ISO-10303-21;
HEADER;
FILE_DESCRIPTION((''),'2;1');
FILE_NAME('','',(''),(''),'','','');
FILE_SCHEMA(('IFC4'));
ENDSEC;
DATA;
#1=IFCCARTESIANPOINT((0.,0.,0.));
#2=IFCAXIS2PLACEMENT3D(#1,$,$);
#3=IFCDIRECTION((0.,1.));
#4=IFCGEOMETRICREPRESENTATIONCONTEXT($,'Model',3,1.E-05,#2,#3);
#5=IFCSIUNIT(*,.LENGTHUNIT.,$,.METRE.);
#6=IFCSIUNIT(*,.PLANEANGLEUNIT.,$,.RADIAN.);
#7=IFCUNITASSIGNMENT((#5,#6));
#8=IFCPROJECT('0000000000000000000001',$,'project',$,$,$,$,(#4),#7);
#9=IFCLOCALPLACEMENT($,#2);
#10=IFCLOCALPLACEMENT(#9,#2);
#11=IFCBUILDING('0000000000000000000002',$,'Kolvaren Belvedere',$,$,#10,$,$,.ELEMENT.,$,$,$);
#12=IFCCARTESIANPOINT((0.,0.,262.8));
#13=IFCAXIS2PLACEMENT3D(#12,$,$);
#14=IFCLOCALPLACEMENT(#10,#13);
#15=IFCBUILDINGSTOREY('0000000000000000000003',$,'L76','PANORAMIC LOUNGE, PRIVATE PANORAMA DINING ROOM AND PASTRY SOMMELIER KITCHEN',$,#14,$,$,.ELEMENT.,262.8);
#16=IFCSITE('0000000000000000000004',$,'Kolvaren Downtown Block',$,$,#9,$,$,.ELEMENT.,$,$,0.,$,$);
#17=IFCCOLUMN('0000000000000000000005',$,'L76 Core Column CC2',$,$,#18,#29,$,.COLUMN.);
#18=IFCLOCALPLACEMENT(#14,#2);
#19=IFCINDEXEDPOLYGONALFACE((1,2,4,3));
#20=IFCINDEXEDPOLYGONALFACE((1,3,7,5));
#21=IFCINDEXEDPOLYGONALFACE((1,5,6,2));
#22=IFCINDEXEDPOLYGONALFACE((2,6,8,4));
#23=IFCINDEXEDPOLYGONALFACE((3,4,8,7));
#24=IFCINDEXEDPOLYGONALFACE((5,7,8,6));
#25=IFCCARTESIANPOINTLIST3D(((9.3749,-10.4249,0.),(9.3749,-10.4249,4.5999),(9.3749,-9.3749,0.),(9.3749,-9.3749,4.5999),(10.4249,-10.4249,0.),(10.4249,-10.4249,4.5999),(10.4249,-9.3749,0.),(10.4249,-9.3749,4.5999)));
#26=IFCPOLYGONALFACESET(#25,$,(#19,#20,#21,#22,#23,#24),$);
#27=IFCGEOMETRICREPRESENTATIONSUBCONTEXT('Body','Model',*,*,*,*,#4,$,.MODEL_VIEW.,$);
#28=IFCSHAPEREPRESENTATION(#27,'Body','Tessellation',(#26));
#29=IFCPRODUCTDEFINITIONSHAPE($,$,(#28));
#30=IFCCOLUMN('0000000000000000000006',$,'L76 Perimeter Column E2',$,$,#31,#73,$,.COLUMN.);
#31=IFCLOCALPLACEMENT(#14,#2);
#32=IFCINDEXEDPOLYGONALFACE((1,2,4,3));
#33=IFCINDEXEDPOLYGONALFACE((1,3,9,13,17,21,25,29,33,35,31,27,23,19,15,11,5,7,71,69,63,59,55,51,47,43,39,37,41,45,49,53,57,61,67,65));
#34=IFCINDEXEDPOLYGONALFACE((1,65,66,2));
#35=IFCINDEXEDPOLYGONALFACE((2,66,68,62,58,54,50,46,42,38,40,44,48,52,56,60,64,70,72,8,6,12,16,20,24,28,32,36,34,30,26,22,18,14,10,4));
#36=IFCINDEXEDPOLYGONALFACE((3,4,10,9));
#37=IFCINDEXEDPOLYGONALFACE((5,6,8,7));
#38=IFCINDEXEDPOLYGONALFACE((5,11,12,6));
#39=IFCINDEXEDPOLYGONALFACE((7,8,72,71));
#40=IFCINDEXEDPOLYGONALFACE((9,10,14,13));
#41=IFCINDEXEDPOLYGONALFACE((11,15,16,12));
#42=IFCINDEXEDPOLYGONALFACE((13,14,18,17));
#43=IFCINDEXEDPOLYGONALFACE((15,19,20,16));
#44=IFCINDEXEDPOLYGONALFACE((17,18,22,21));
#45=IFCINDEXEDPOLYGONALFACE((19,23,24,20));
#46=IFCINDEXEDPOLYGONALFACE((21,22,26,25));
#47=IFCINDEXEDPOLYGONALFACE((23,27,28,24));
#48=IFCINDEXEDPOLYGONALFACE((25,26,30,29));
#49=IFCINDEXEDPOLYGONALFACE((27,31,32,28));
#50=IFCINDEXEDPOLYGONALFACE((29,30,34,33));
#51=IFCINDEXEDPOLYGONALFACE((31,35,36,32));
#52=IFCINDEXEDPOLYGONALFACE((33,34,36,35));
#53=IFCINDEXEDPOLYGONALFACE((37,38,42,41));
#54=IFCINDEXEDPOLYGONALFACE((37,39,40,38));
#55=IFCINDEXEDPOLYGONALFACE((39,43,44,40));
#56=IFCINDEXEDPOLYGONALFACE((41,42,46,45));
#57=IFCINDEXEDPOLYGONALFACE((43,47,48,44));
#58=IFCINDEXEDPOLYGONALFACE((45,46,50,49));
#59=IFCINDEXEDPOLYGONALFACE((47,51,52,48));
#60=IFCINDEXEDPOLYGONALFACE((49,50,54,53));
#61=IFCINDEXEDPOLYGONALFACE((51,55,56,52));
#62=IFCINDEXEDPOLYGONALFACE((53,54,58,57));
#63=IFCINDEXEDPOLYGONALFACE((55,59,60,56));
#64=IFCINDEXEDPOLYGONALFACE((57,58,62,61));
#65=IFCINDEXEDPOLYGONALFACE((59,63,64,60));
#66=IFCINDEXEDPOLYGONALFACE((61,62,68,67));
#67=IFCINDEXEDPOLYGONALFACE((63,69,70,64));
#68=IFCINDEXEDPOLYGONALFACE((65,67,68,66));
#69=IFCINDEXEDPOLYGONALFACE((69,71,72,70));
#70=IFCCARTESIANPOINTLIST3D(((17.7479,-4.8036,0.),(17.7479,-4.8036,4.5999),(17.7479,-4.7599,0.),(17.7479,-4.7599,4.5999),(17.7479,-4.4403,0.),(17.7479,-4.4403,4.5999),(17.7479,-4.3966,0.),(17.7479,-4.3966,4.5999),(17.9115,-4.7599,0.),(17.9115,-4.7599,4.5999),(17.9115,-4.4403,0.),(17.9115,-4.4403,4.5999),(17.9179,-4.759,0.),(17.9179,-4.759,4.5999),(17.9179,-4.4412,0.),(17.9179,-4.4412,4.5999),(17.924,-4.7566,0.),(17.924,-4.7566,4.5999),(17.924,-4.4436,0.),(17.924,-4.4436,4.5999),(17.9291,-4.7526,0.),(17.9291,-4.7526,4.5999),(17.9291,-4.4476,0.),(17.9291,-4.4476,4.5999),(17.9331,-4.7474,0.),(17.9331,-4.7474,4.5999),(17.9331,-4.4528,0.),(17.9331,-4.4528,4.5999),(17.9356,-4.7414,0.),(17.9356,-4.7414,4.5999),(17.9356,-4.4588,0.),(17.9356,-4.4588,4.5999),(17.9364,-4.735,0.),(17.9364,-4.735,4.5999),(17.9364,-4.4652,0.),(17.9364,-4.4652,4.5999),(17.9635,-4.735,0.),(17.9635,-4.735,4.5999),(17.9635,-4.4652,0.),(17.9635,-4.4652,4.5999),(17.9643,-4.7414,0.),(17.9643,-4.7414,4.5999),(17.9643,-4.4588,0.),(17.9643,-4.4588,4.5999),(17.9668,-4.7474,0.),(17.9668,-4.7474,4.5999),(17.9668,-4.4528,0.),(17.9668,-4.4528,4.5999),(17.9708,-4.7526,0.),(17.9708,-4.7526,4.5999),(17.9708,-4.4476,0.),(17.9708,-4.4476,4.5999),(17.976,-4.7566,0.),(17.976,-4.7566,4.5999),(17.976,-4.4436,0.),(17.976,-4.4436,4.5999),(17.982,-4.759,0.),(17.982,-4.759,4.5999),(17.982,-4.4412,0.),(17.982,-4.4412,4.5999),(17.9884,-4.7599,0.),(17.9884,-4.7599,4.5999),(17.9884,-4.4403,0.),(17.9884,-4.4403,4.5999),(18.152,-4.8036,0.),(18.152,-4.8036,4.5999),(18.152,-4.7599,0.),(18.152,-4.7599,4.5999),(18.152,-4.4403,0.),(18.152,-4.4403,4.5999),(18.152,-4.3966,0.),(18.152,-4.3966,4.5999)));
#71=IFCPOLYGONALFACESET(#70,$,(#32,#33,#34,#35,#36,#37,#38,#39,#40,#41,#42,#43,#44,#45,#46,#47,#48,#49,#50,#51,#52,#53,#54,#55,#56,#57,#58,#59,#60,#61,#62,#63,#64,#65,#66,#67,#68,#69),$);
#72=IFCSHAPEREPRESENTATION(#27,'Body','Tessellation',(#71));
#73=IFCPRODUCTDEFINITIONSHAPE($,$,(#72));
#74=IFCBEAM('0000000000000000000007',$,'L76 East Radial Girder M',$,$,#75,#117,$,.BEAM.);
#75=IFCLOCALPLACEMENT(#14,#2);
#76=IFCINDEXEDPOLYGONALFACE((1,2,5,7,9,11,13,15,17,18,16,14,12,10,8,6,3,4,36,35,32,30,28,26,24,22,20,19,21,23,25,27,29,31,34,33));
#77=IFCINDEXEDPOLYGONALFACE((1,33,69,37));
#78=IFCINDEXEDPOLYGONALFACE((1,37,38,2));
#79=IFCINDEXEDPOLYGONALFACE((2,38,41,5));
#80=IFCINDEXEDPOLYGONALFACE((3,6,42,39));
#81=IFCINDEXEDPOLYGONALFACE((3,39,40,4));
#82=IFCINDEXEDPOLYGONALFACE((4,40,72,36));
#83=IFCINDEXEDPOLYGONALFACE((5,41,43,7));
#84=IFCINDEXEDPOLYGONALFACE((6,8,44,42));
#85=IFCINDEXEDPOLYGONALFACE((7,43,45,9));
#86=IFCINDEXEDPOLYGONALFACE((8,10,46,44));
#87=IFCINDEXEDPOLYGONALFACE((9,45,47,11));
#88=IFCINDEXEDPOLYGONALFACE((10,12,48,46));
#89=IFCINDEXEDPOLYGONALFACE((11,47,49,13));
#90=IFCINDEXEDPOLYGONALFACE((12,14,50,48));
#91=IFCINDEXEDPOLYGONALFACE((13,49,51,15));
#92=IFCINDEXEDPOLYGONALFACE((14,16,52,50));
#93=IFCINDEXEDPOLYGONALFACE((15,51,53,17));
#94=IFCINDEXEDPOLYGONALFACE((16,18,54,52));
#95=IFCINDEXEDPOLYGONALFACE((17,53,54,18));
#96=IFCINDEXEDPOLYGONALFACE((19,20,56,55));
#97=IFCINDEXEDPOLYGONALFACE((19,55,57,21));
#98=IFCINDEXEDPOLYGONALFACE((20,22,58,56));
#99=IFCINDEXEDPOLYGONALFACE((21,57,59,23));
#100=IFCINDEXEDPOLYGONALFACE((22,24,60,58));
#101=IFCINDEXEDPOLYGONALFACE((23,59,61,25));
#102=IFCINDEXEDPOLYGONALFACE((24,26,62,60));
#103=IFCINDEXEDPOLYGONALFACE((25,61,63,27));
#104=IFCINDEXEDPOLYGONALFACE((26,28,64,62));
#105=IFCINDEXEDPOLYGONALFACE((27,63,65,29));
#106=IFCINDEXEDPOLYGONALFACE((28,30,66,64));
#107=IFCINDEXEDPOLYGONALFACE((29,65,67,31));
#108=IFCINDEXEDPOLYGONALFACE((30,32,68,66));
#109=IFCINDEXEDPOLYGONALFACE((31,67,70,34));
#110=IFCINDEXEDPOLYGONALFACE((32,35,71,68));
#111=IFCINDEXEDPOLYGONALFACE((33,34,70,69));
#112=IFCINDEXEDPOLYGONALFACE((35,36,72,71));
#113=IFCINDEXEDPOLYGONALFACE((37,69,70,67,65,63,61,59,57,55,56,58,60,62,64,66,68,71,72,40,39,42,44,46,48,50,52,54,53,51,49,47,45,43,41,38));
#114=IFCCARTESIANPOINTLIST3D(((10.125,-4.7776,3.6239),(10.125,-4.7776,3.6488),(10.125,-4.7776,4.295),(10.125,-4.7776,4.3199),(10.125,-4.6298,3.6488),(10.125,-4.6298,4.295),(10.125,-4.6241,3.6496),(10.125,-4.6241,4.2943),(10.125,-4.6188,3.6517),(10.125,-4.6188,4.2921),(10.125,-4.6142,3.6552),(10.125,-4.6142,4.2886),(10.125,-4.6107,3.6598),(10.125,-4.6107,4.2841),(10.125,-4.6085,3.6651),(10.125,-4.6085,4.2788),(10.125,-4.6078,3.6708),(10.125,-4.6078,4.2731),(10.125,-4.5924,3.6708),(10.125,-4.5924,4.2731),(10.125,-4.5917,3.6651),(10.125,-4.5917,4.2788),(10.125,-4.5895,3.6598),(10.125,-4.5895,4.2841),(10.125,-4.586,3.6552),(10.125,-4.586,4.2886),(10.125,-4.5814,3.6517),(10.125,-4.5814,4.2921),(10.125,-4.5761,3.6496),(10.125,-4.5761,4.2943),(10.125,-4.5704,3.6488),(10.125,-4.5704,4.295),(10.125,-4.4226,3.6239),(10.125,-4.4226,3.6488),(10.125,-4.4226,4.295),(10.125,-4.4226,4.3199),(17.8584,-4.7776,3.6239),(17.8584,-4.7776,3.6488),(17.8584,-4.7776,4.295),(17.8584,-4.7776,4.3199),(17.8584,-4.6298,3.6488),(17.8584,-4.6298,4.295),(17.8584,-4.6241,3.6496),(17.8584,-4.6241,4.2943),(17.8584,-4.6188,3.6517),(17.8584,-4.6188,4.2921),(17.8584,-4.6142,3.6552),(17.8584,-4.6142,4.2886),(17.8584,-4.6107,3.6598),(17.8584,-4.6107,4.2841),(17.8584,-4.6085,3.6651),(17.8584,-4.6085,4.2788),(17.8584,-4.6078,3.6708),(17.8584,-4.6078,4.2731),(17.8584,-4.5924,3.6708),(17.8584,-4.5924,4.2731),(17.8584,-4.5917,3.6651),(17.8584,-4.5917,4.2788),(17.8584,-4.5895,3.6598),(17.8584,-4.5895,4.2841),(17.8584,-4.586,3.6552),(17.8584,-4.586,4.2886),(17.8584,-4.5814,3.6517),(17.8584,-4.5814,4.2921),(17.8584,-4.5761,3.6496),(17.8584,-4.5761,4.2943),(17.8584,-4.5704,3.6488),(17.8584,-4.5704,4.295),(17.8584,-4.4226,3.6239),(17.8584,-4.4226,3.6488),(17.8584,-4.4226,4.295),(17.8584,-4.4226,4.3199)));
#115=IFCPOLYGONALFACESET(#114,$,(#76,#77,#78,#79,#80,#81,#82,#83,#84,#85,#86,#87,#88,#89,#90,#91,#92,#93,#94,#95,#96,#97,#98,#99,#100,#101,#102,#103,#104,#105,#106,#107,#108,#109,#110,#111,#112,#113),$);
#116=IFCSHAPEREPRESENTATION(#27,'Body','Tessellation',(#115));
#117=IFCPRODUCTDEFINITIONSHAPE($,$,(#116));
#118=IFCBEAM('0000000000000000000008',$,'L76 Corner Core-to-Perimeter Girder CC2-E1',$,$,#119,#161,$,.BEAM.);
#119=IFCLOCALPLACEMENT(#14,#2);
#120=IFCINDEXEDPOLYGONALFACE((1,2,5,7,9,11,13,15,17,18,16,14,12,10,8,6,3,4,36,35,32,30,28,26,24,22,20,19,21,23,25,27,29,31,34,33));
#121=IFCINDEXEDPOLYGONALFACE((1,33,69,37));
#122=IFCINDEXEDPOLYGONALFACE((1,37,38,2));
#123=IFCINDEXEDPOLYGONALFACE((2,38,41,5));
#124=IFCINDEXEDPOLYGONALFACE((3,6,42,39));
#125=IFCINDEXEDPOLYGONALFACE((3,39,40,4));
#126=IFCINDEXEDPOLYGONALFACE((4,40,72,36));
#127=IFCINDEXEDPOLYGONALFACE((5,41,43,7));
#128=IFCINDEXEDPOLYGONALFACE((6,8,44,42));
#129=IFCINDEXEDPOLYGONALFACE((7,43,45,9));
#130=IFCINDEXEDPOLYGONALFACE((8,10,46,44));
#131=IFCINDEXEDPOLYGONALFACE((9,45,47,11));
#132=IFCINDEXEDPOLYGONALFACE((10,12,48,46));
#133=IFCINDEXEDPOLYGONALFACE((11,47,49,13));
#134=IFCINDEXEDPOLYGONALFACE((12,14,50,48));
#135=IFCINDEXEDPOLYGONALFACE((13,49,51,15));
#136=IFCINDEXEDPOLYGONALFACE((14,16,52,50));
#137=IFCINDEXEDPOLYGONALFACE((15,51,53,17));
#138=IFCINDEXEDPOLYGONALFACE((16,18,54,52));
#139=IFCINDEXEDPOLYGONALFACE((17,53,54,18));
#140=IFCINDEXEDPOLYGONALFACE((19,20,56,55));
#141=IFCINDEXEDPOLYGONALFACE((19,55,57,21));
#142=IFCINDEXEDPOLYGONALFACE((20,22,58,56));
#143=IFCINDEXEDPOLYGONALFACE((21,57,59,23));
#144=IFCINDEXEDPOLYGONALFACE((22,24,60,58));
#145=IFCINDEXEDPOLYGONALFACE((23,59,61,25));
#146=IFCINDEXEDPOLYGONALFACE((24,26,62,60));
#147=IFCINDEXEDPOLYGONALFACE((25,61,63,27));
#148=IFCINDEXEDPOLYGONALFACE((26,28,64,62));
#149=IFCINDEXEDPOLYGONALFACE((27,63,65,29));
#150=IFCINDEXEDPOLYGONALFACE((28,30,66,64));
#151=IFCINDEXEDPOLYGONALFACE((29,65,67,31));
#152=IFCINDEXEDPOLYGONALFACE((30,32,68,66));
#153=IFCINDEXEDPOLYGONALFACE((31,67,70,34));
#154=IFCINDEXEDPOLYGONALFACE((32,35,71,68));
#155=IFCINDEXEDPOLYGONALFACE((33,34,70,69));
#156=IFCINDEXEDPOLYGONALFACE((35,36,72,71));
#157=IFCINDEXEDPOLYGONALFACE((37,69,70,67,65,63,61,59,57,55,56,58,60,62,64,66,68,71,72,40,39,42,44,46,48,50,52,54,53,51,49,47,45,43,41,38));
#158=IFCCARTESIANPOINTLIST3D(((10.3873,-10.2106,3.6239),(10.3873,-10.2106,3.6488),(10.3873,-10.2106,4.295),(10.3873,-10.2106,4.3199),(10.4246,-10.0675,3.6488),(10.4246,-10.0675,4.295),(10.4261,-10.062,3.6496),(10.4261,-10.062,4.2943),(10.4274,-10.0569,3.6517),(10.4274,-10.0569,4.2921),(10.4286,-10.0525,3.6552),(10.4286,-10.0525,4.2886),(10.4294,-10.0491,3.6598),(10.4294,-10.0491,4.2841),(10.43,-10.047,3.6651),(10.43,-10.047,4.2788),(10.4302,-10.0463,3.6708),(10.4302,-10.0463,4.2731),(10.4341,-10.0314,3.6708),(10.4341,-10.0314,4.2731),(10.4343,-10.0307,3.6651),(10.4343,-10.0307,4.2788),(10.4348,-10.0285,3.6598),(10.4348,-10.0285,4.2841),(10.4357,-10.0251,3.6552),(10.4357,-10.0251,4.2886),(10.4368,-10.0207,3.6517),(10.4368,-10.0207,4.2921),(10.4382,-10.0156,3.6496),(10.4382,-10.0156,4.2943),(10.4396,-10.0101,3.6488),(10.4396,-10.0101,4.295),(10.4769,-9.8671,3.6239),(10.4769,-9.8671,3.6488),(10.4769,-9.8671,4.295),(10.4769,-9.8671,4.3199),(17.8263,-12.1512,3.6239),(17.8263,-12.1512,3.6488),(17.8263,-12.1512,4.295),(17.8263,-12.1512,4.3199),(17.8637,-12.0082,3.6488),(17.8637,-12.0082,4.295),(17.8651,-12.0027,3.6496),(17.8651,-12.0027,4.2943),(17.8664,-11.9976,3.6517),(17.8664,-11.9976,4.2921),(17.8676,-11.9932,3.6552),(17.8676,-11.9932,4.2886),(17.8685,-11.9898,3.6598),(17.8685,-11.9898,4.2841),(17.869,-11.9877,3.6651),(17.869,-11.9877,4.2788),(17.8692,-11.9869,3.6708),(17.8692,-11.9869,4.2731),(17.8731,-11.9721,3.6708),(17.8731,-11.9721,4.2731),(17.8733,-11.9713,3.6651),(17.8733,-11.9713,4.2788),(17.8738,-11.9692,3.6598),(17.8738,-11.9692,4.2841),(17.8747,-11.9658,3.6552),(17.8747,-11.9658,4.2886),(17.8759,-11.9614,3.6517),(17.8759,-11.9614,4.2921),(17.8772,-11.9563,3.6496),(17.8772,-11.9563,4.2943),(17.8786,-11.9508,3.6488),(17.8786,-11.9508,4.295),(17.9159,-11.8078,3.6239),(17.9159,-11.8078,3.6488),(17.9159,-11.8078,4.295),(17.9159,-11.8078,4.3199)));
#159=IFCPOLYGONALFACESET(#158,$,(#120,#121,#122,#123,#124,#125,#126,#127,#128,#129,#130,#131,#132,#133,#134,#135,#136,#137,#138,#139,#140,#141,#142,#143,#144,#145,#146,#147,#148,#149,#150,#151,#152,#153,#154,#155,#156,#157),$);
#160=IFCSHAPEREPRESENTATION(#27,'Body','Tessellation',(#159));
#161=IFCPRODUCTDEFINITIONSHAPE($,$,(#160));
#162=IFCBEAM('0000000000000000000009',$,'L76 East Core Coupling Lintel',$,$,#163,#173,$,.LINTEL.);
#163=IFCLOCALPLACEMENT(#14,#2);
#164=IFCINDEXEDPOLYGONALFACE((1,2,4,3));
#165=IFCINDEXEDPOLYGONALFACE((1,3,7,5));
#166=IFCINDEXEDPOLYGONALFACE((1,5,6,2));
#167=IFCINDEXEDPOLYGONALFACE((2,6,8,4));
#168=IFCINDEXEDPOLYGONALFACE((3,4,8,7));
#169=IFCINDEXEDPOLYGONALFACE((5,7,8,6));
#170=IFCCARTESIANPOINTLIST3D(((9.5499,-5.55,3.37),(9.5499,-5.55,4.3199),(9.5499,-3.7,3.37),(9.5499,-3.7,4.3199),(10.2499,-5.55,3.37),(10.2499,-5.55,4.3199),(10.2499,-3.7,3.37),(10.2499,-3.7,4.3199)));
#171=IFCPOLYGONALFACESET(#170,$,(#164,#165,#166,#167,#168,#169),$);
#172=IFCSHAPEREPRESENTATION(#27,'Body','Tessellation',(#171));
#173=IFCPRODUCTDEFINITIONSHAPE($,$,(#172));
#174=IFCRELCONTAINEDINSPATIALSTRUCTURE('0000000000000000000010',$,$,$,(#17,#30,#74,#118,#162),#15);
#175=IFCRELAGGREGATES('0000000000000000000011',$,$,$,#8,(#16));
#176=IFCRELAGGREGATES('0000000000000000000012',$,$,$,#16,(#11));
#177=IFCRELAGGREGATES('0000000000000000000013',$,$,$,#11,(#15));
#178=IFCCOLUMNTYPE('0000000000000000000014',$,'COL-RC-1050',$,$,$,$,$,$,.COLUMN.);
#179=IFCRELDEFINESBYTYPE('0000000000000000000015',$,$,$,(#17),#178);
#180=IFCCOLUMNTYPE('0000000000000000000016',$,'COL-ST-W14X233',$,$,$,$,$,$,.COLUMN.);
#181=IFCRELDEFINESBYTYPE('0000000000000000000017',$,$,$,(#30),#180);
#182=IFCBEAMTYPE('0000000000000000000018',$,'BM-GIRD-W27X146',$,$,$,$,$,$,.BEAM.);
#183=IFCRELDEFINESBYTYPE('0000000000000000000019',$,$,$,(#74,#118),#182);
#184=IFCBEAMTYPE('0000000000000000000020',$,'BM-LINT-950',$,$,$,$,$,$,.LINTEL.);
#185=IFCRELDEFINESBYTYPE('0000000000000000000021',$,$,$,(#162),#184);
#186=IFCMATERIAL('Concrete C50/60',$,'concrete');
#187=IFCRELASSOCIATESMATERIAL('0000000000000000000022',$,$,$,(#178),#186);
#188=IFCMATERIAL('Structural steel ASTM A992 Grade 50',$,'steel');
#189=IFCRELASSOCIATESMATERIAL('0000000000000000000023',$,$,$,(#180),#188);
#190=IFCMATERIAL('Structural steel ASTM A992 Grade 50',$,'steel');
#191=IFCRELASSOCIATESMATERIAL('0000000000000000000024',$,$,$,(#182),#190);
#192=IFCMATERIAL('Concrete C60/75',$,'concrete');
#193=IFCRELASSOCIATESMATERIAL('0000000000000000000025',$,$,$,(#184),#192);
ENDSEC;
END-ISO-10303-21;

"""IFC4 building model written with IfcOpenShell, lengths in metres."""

from ifc_helpers import new_model, si_unit, direction, frame, origin, origin_2d, place, context, subcontext, project, spatial, rectangle, i_section, extrude, material, material_profile, profile_set, type_object, element, save


model = new_model("IFC4")

# Units and contexts
model_context = context("Model", 3, precision=1e-05, world=origin(), true_north=direction((0.0, 1.0)))
body_context = subcontext(model_context, "Body", "Model", "MODEL_VIEW")
ifc_project = project(units=[si_unit("LENGTHUNIT", "METRE"), si_unit("PLANEANGLEUNIT", "RADIAN")], contexts=[model_context])

# Site, building, storey
site_placement = place(None, origin())
site = spatial("IfcSite", under=ifc_project, at=site_placement, Name="Kolvaren Downtown Block", CompositionType="ELEMENT", RefElevation=0.0)
building_placement = place(site_placement, origin())
building = spatial("IfcBuilding", under=site, at=building_placement, Name="Kolvaren Belvedere", CompositionType="ELEMENT")
storey_placement = place(building_placement, frame((0.0, 0.0, 262.8)))
storey = spatial("IfcBuildingStorey", under=building, at=storey_placement, Name="L76", Description="PANORAMIC LOUNGE, PRIVATE PANORAMA DINING ROOM AND PASTRY SOMMELIER KITCHEN", CompositionType="ELEMENT", Elevation=262.8)

# Columns
ifc_material_1 = material(Name="Concrete C50/60", Category="concrete")
ifc_material_profile_1 = material_profile(ifc_material_1, rectangle(XDim=1.05, YDim=1.05, at=origin_2d()), Name="RC 1050X1050")
ifc_profile_set_1 = profile_set([ifc_material_profile_1], Name="Concrete C50/60")
column_type_1 = type_object("IfcColumnType", Name="COL-RC-1050", PredefinedType="COLUMN", material=ifc_profile_set_1)
column_1_placement = place(storey_placement, frame((9.8999, -9.8999, 0.0), z_axis=(0.0, 0.0, 1.0), x_axis=(1.0, 0.0, 0.0)))
element("IfcColumn", 1, at=column_1_placement, inside=storey, type_object=column_type_1, Name="L76 Core Column CC2", PredefinedType="COLUMN", context=body_context, shape_type="SweptSolid", body=[
    extrude(rectangle(XDim=1.05, YDim=1.05, at=origin_2d()), origin(), (0.0, 0.0, 1.0), 4.5999),
])
ifc_material_2 = material(Name="Structural steel ASTM A992 Grade 50", Category="steel")
ifc_material_profile_2 = material_profile(ifc_material_2, i_section(OverallWidth=0.4041, OverallDepth=0.407, WebThickness=0.0271, FlangeThickness=0.0437, FilletRadius=0.0249, at=origin_2d()), Name="W14X233")
ifc_profile_set_2 = profile_set([ifc_material_profile_2], Name="Structural steel ASTM A992 Grade 50")
column_type_2 = type_object("IfcColumnType", Name="COL-ST-W14X233", PredefinedType="COLUMN", material=ifc_profile_set_2)
column_2_placement = place(storey_placement, frame((17.95, -4.6001, 0.0), z_axis=(0.0, 0.0, 1.0), x_axis=(1.0, 0.0, 0.0)))
element("IfcColumn", 2, at=column_2_placement, inside=storey, type_object=column_type_2, Name="L76 Perimeter Column E2", PredefinedType="COLUMN", context=body_context, shape_type="SweptSolid", body=[
    extrude(i_section(OverallWidth=0.4041, OverallDepth=0.407, WebThickness=0.0271, FlangeThickness=0.0437, FilletRadius=0.0249, at=origin_2d()), origin(), (0.0, 0.0, 1.0), 4.5999),
])

# Beams
ifc_material_3 = material(Name="Structural steel ASTM A992 Grade 50", Category="steel")
ifc_material_profile_3 = material_profile(ifc_material_3, i_section(OverallWidth=0.355, OverallDepth=0.696, WebThickness=0.0154, FlangeThickness=0.0249, FilletRadius=0.022, at=origin_2d()), Name="W27X146")
ifc_profile_set_3 = profile_set([ifc_material_profile_3], Name="Structural steel ASTM A992 Grade 50")
beam_type_1 = type_object("IfcBeamType", Name="BM-GIRD-W27X146", PredefinedType="BEAM", material=ifc_profile_set_3)
beam_1_placement = place(storey_placement, frame((10.125, -4.6001, 3.9719), z_axis=(1.0, 0.0, 0.0), x_axis=(0.0, 1.0, 0.0)))
element("IfcBeam", 3, at=beam_1_placement, inside=storey, type_object=beam_type_1, Name="L76 East Radial Girder M", PredefinedType="BEAM", context=body_context, shape_type="SweptSolid", body=[
    extrude(i_section(OverallWidth=0.355, OverallDepth=0.696, WebThickness=0.0154, FlangeThickness=0.0249, FilletRadius=0.022, at=origin_2d()), origin(), (0.0, 0.0, 1.0), 7.7334),
])
beam_2_placement = place(storey_placement, frame((10.4321, -10.0388, 3.9719), z_axis=(0.967615, -0.252431, 0.0), x_axis=(0.252431, 0.967615, 0.0)))
element("IfcBeam", 4, at=beam_2_placement, inside=storey, type_object=beam_type_1, Name="L76 Corner Core-to-Perimeter Girder CC2-E1", PredefinedType="BEAM", context=body_context, shape_type="SweptSolid", body=[
    extrude(i_section(OverallWidth=0.355, OverallDepth=0.696, WebThickness=0.0154, FlangeThickness=0.0249, FilletRadius=0.022, at=origin_2d()), origin(), (0.0, 0.0, 1.0), 7.688),
])
ifc_material_4 = material(Name="Concrete C60/75", Category="concrete")
ifc_material_profile_4 = material_profile(ifc_material_4, rectangle(XDim=0.7, YDim=0.95, at=origin_2d()), Name="RC 700X950")
ifc_profile_set_4 = profile_set([ifc_material_profile_4], Name="Concrete C60/75")
beam_type_2 = type_object("IfcBeamType", Name="BM-LINT-950", PredefinedType="LINTEL", material=ifc_profile_set_4)
beam_3_placement = place(storey_placement, frame((9.8999, -5.55, 3.845), z_axis=(0.0, 1.0, 0.0), x_axis=(-1.0, 0.0, 0.0)))
element("IfcBeam", 5, at=beam_3_placement, inside=storey, type_object=beam_type_2, Name="L76 East Core Coupling Lintel", PredefinedType="LINTEL", context=body_context, shape_type="SweptSolid", body=[
    extrude(rectangle(XDim=0.7, YDim=0.95, at=origin_2d()), origin(), (0.0, 0.0, 1.0), 1.8501),
])

save(model, "model.ifc")
